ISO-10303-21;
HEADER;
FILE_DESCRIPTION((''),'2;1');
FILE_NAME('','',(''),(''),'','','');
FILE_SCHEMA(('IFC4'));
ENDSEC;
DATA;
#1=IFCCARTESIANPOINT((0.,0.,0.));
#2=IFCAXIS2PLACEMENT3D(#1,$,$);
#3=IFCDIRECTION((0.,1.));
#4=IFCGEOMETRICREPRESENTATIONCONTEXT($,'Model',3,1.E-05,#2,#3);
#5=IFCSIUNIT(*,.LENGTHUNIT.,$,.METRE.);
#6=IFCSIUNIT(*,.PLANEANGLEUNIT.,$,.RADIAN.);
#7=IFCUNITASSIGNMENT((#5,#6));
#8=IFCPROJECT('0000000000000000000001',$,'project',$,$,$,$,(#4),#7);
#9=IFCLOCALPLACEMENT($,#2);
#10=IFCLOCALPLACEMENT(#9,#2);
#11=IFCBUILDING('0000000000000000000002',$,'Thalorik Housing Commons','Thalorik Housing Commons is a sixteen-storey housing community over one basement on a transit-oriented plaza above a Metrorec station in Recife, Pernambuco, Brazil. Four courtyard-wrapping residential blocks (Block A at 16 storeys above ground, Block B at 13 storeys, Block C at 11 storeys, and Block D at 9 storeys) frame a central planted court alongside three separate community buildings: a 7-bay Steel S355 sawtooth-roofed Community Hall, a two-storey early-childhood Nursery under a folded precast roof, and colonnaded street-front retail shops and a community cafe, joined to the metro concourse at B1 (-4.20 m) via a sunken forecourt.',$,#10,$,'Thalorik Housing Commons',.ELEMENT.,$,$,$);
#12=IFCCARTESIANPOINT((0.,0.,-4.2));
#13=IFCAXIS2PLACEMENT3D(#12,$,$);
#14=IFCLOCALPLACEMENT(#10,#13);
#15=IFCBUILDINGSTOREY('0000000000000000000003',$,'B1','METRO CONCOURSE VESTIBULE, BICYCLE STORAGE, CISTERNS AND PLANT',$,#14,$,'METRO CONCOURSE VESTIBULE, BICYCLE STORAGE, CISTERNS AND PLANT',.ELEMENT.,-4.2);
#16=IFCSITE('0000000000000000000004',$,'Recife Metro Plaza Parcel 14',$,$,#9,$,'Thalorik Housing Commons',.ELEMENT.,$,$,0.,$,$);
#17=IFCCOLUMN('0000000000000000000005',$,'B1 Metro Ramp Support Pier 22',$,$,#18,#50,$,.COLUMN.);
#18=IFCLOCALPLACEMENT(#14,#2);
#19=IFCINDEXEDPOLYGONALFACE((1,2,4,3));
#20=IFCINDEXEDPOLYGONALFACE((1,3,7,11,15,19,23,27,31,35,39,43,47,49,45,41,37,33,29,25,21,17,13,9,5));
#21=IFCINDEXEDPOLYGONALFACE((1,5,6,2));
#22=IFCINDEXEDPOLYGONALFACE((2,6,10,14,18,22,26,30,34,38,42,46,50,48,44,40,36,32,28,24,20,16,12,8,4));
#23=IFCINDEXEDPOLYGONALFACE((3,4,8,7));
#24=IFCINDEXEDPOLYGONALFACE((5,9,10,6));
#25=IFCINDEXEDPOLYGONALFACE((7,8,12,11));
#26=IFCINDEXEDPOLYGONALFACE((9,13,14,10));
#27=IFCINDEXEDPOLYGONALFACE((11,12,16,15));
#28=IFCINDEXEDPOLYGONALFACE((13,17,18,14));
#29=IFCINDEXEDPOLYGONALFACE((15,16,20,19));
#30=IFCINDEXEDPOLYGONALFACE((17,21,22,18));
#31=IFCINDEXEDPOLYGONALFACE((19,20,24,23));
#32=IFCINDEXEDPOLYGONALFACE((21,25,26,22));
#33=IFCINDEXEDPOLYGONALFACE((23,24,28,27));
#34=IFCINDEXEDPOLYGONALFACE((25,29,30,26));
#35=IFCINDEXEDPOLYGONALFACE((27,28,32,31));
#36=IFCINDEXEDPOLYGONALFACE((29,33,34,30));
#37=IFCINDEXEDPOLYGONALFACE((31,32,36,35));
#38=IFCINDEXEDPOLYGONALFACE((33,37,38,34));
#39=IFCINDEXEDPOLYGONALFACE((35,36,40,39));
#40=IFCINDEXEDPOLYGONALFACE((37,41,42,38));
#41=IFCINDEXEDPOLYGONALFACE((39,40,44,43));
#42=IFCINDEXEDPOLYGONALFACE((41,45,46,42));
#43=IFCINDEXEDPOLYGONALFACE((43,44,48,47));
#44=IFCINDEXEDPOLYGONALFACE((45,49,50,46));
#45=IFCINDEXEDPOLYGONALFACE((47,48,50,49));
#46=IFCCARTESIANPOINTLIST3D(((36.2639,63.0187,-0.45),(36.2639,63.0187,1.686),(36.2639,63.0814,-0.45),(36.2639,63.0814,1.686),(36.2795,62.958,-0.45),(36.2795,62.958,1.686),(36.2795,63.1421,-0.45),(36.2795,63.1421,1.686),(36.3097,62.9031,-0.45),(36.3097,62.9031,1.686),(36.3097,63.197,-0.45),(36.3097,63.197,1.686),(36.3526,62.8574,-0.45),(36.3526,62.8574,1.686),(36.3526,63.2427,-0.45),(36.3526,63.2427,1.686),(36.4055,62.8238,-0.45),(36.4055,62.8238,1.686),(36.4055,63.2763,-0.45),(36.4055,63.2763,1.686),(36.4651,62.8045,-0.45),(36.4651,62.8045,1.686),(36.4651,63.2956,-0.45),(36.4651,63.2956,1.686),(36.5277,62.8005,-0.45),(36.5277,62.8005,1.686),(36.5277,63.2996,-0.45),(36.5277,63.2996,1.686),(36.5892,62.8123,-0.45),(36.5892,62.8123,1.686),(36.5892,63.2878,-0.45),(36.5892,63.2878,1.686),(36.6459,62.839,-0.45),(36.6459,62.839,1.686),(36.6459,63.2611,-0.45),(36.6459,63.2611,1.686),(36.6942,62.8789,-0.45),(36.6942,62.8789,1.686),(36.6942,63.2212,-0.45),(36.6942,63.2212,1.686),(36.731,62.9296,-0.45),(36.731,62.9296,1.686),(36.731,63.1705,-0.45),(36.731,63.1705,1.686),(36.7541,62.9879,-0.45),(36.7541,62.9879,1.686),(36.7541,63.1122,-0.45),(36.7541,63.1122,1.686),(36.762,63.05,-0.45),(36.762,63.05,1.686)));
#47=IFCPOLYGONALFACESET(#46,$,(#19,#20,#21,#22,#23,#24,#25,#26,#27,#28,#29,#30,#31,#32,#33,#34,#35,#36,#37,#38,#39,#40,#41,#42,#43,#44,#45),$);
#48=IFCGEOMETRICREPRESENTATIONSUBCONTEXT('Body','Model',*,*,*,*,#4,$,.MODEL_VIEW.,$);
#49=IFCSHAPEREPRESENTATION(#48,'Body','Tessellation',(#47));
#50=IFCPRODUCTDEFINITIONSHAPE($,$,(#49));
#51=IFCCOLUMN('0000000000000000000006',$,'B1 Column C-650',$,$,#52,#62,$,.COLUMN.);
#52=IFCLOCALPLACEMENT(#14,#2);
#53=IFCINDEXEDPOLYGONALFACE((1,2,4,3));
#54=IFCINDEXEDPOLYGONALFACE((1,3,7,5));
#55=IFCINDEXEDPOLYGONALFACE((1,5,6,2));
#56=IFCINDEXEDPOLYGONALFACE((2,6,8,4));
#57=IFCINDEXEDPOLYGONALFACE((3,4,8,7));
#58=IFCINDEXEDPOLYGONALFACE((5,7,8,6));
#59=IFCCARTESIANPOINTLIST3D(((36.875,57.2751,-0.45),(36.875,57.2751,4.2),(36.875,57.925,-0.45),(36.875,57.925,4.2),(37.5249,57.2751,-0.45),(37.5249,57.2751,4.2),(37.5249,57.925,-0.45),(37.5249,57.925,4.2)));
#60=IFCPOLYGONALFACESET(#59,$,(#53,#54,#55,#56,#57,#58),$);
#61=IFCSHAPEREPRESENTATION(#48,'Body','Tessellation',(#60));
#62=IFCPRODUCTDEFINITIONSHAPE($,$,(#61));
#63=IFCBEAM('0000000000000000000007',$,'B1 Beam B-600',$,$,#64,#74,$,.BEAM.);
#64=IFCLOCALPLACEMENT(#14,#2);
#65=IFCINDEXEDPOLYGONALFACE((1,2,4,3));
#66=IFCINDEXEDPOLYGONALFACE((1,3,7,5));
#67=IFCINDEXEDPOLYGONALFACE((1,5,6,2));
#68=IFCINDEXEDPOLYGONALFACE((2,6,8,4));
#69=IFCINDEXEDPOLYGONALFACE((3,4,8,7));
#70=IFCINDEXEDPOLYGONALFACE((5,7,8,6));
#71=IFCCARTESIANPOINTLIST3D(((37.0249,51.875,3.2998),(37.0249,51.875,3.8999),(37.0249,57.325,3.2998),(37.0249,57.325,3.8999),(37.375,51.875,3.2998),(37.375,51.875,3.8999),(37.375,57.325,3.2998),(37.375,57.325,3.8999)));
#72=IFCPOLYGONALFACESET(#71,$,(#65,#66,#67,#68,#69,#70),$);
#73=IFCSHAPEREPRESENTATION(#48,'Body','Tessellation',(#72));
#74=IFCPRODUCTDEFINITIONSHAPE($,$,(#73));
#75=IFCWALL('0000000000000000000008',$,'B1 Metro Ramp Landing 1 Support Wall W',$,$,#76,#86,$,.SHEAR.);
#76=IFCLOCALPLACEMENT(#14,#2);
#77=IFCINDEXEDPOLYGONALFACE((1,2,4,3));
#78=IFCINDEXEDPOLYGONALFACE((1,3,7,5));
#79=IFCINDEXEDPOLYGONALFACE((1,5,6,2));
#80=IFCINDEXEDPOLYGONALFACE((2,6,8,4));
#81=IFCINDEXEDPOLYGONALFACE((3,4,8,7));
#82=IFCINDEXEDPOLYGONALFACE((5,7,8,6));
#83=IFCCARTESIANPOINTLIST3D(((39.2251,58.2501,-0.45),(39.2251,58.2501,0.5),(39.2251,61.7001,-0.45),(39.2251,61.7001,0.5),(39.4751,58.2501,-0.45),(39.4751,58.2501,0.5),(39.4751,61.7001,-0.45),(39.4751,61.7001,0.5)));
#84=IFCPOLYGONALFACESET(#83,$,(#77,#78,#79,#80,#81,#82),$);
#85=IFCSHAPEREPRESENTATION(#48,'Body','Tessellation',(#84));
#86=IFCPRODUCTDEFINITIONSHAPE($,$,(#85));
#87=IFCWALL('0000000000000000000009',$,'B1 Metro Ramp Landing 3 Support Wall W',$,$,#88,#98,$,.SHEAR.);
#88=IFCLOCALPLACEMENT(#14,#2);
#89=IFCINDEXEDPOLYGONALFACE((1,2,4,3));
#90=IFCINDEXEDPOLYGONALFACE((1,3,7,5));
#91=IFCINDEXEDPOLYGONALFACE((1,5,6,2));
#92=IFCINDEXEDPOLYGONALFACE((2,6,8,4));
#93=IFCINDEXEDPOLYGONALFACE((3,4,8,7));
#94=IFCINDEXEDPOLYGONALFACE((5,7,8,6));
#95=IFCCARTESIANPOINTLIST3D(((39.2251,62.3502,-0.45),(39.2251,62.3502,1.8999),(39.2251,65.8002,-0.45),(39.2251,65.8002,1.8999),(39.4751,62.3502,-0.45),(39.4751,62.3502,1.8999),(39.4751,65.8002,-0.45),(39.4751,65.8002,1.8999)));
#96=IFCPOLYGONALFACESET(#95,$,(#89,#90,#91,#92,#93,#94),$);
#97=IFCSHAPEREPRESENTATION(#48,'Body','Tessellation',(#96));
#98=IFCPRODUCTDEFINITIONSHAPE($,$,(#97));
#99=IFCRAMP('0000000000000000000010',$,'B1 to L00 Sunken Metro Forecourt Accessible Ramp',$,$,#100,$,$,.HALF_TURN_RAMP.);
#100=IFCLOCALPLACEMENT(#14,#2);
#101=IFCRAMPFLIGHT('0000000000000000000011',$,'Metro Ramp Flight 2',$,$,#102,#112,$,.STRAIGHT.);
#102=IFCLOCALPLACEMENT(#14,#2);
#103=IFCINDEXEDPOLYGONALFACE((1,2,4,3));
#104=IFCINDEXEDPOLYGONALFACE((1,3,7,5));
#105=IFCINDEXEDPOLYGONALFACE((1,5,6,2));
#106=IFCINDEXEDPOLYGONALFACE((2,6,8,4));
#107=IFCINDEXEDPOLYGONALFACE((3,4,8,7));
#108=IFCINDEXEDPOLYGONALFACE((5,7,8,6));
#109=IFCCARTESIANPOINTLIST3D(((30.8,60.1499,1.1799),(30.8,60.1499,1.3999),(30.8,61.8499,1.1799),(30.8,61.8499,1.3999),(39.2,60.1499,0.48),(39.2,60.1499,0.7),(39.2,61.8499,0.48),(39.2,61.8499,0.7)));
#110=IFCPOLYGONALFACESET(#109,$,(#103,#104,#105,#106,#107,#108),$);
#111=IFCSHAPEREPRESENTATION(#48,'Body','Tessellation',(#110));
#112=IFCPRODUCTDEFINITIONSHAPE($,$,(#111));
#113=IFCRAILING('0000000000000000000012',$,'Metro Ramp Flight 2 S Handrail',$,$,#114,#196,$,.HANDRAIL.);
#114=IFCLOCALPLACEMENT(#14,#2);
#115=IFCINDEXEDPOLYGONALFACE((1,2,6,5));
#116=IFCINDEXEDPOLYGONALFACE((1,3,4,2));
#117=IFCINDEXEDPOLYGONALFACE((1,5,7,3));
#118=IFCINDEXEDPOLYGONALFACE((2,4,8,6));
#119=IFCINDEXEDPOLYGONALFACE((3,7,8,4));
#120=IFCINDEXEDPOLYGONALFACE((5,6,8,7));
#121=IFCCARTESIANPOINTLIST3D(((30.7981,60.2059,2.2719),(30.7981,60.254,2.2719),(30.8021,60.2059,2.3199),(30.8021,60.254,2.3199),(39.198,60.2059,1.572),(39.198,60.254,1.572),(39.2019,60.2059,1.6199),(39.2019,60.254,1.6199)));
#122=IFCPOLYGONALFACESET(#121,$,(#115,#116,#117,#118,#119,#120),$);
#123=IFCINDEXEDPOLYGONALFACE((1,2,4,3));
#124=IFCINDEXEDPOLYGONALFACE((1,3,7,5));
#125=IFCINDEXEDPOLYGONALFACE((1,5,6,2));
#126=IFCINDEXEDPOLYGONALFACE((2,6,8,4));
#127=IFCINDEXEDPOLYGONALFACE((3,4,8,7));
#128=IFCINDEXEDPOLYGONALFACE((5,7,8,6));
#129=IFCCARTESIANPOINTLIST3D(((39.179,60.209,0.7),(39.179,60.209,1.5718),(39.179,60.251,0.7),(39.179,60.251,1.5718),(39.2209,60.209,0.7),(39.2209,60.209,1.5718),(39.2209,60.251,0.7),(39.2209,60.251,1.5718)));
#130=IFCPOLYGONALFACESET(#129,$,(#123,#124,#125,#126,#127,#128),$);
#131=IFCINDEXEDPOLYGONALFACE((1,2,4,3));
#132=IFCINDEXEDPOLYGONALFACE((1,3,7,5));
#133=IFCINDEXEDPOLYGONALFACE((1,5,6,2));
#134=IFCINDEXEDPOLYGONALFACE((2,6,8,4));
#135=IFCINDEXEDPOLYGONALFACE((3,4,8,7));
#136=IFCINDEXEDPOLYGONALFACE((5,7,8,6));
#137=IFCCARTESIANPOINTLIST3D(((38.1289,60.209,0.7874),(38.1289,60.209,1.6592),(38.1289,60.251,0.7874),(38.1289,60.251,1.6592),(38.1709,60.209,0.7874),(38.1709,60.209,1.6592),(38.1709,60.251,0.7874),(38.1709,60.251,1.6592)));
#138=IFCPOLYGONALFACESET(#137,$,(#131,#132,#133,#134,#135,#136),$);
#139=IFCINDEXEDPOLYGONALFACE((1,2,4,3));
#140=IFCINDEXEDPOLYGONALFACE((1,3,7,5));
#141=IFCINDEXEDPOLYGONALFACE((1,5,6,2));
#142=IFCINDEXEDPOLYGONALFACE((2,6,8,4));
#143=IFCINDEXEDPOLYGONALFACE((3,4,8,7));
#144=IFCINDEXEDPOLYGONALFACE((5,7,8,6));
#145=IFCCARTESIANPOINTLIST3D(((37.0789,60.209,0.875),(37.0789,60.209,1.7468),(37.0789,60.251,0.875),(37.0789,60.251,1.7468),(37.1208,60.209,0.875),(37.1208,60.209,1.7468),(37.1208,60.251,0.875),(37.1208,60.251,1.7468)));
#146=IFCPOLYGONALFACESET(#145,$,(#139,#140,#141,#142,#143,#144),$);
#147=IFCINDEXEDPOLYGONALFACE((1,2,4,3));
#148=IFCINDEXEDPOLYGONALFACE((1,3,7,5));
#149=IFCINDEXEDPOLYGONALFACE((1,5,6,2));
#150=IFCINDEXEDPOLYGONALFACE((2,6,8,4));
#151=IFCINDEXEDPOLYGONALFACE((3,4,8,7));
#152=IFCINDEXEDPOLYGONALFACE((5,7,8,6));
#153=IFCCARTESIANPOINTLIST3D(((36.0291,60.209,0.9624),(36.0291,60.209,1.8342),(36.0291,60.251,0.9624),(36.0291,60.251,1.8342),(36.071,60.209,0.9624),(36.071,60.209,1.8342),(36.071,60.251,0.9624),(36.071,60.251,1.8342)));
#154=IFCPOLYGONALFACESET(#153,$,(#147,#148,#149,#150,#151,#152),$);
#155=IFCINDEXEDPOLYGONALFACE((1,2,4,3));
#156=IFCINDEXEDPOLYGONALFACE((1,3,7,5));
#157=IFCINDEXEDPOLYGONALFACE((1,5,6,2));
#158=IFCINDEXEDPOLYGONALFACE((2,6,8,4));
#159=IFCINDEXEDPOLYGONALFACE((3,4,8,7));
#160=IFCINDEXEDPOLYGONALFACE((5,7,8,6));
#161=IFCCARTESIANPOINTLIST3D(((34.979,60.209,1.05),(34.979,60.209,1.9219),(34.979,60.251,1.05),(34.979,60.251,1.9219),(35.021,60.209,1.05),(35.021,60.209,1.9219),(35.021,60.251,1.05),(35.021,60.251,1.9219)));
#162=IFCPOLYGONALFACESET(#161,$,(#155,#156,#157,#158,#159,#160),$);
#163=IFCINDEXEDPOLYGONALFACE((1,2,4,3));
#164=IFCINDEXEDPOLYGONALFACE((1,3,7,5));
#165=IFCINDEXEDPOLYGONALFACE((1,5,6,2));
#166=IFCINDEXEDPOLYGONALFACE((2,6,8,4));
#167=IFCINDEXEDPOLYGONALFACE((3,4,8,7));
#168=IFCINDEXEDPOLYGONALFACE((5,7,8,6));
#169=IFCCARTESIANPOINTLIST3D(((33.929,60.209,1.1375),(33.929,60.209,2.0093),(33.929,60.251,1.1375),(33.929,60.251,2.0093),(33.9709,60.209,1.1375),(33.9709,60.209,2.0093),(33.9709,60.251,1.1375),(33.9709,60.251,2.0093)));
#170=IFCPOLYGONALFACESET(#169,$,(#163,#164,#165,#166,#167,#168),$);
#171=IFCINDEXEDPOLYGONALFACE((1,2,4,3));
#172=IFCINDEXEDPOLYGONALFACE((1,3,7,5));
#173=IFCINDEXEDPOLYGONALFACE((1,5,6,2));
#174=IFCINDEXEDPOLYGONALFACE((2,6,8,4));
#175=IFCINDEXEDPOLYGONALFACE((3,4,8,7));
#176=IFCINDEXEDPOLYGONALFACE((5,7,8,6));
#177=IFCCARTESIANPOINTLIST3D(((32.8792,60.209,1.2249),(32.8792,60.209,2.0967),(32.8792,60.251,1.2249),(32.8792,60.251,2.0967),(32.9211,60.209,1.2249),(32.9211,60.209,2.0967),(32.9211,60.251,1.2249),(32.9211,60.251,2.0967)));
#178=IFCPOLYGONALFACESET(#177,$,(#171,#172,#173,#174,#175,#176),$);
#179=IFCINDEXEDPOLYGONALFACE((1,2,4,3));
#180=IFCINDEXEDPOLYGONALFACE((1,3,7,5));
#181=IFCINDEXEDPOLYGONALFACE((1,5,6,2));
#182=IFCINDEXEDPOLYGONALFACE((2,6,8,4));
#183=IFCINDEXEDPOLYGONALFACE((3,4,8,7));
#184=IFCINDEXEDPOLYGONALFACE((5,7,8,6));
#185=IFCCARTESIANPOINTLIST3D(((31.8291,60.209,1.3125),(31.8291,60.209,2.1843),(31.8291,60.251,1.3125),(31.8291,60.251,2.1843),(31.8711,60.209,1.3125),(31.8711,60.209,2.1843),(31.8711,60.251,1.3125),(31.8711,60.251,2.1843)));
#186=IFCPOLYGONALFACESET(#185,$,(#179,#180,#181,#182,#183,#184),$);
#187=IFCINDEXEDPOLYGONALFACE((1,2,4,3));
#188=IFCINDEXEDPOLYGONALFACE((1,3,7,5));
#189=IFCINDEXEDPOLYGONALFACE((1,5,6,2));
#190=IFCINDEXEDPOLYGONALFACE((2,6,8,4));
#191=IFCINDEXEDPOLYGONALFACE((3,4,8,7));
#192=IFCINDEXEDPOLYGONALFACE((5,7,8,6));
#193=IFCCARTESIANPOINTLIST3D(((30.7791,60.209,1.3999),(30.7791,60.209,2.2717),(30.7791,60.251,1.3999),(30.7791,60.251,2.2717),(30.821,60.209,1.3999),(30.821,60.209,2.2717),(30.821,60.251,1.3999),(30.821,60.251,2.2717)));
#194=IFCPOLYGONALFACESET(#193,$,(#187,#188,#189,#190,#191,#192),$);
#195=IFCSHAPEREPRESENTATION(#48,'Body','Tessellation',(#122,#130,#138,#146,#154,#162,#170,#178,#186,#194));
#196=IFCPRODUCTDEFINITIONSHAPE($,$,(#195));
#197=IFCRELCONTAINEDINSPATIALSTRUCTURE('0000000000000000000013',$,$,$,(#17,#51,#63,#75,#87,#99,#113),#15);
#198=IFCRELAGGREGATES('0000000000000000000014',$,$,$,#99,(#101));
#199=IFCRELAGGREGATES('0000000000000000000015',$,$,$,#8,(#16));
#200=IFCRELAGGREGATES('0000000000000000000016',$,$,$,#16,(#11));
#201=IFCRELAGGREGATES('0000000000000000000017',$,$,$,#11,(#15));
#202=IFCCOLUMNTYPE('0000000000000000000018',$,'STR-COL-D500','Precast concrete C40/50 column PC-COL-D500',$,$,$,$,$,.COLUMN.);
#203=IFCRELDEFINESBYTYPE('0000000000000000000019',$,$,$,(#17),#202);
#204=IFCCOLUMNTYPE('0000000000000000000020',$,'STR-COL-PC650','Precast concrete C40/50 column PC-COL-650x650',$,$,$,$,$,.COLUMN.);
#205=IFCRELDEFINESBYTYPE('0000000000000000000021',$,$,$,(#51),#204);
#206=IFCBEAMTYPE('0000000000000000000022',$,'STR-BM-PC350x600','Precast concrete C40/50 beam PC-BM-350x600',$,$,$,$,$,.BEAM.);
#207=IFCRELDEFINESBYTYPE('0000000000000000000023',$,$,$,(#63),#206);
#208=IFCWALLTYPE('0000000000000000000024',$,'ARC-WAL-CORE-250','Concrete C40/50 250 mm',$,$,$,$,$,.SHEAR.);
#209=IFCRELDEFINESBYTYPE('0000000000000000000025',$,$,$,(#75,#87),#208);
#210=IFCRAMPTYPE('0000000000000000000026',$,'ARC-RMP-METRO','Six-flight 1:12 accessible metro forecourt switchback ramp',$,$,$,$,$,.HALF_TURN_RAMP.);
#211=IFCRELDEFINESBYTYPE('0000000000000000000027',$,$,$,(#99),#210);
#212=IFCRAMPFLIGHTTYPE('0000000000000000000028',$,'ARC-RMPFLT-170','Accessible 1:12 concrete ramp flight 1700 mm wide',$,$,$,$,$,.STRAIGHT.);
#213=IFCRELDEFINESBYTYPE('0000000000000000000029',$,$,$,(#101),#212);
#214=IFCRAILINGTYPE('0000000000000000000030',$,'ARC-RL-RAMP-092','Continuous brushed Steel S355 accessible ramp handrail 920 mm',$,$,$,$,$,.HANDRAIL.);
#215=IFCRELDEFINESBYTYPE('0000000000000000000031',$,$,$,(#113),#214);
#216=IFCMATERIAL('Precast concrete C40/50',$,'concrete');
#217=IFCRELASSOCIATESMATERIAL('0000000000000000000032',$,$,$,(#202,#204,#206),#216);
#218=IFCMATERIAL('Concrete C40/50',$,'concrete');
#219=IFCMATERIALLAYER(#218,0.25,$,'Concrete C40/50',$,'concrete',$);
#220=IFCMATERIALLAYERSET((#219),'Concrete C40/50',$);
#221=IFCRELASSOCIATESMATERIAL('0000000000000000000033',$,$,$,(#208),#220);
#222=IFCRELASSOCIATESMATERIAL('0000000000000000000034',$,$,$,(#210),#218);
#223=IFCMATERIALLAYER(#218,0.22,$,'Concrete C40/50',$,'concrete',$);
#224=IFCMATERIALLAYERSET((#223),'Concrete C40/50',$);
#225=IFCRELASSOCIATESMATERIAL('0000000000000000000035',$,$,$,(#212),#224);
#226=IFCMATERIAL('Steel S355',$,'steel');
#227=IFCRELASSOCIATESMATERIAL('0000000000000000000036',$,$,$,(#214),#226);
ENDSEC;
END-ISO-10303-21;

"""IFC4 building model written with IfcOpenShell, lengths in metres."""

from ifc_helpers import new_model, si_unit, direction, frame, frame_2d, origin, origin_2d, place, context, subcontext, project, spatial, polyline, rectangle, circle, outline, extrude, material, layer, layer_set, material_profile, profile_set, type_object, element, aggregate, save


model = new_model("IFC4")

# Units and contexts
model_context = context("Model", 3, precision=1e-05, world=origin(), true_north=direction((0.0, 1.0)))
body_context = subcontext(model_context, "Body", "Model", "MODEL_VIEW")
ifc_project = project(units=[si_unit("LENGTHUNIT", "METRE"), si_unit("PLANEANGLEUNIT", "RADIAN")], contexts=[model_context])

# Site, building, storey
site_placement = place(None, origin())
site = spatial("IfcSite", under=ifc_project, at=site_placement, Name="Recife Metro Plaza Parcel 14", LongName="Thalorik Housing Commons", CompositionType="ELEMENT", RefElevation=0.0)
building_placement = place(site_placement, origin())
building = spatial("IfcBuilding", under=site, at=building_placement, Name="Thalorik Housing Commons", Description="Thalorik Housing Commons is a sixteen-storey housing community over one basement on a transit-oriented plaza above a Metrorec station in Recife, Pernambuco, Brazil. Four courtyard-wrapping residential blocks (Block A at 16 storeys above ground, Block B at 13 storeys, Block C at 11 storeys, and Block D at 9 storeys) frame a central planted court alongside three separate community buildings: a 7-bay Steel S355 sawtooth-roofed Community Hall, a two-storey early-childhood Nursery under a folded precast roof, and colonnaded street-front retail shops and a community cafe, joined to the metro concourse at B1 (-4.20 m) via a sunken forecourt.", LongName="Thalorik Housing Commons", CompositionType="ELEMENT")
storey_placement = place(building_placement, frame((0.0, 0.0, -4.2)))
storey = spatial("IfcBuildingStorey", under=building, at=storey_placement, Name="B1", Description="METRO CONCOURSE VESTIBULE, BICYCLE STORAGE, CISTERNS AND PLANT", LongName="METRO CONCOURSE VESTIBULE, BICYCLE STORAGE, CISTERNS AND PLANT", CompositionType="ELEMENT", Elevation=-4.2)

# Shared definitions
ifc_material_1 = material(Name="Concrete C40/50", Category="concrete")

# Columns
ifc_material_2 = material(Name="Precast concrete C40/50", Category="concrete")
ifc_material_profile_1 = material_profile(ifc_material_2, circle(Radius=0.25, at=origin_2d()), Name="PC D500", Category="concrete")
ifc_profile_set_1 = profile_set([ifc_material_profile_1], Name="Precast concrete C40/50")
column_type_1 = type_object("IfcColumnType", Name="STR-COL-D500", Description="Precast concrete C40/50 column PC-COL-D500", PredefinedType="COLUMN", material=ifc_profile_set_1)
column_1_placement = place(storey_placement, frame((36.512, 63.05, -0.45), z_axis=(0.0, 0.0, 1.0), x_axis=(1.0, 0.0, 0.0)))
element("IfcColumn", 1, at=column_1_placement, inside=storey, type_object=column_type_1, Name="B1 Metro Ramp Support Pier 22", PredefinedType="COLUMN", context=body_context, shape_type="SweptSolid", body=[
    extrude(circle(Radius=0.25, at=origin_2d()), origin(), (0.0, 0.0, 1.0), 2.136),
])
ifc_material_profile_2 = material_profile(ifc_material_2, rectangle(XDim=0.6499, YDim=0.6499, at=origin_2d()), Name="PC 650x650", Category="concrete")
ifc_profile_set_2 = profile_set([ifc_material_profile_2], Name="Precast concrete C40/50")
column_type_2 = type_object("IfcColumnType", Name="STR-COL-PC650", Description="Precast concrete C40/50 column PC-COL-650x650", PredefinedType="COLUMN", material=ifc_profile_set_2)
column_2_placement = place(storey_placement, frame((37.2, 57.6001, -0.45), z_axis=(0.0, 0.0, 1.0), x_axis=(1.0, 0.0, 0.0)))
element("IfcColumn", 2, at=column_2_placement, inside=storey, type_object=column_type_2, Name="B1 Column C-650", PredefinedType="COLUMN", context=body_context, shape_type="SweptSolid", body=[
    extrude(rectangle(XDim=0.6499, YDim=0.6499, at=origin_2d()), origin(), (0.0, 0.0, 1.0), 4.6499),
])

# Beam
ifc_material_profile_3 = material_profile(ifc_material_2, rectangle(XDim=0.3501, YDim=0.6001, at=origin_2d()), Name="PC 350x600", Category="concrete")
ifc_profile_set_3 = profile_set([ifc_material_profile_3], Name="Precast concrete C40/50")
beam_type = type_object("IfcBeamType", Name="STR-BM-PC350x600", Description="Precast concrete C40/50 beam PC-BM-350x600", PredefinedType="BEAM", material=ifc_profile_set_3)
beam_placement = place(storey_placement, frame((37.2, 51.875, 3.5999), z_axis=(0.0, 1.0, 0.0), x_axis=(-1.0, 0.0, 0.0)))
element("IfcBeam", 3, at=beam_placement, inside=storey, type_object=beam_type, Name="B1 Beam B-600", PredefinedType="BEAM", context=body_context, shape_type="SweptSolid", body=[
    extrude(rectangle(XDim=0.3501, YDim=0.6001, at=origin_2d()), origin(), (0.0, 0.0, 1.0), 5.45),
])

# Walls
ifc_layer_1 = layer(ifc_material_1, 0.25, Name="Concrete C40/50", Category="concrete")
ifc_layer_set_1 = layer_set([ifc_layer_1], Name="Concrete C40/50")
wall_type = type_object("IfcWallType", Name="ARC-WAL-CORE-250", Description="Concrete C40/50 250 mm", PredefinedType="SHEAR", material=ifc_layer_set_1)
wall_1_placement = place(storey_placement, frame((39.3501, 58.25, -0.45), z_axis=(0.0, 0.0, 1.0), x_axis=(0.0, 1.0, 0.0)))
element("IfcWall", 4, at=wall_1_placement, inside=storey, type_object=wall_type, Name="B1 Metro Ramp Landing 1 Support Wall W", PredefinedType="SHEAR", context=body_context, shape_type="SweptSolid", body=[
    extrude(rectangle(XDim=3.45, YDim=0.25, at=frame_2d((1.7251, 0.0))), origin(), (0.0, 0.0, 1.0), 0.95),
])
wall_2_placement = place(storey_placement, frame((39.3501, 62.3501, -0.45), z_axis=(0.0, 0.0, 1.0), x_axis=(0.0, 1.0, 0.0)))
element("IfcWall", 5, at=wall_2_placement, inside=storey, type_object=wall_type, Name="B1 Metro Ramp Landing 3 Support Wall W", PredefinedType="SHEAR", context=body_context, shape_type="SweptSolid", body=[
    extrude(rectangle(XDim=3.45, YDim=0.25, at=frame_2d((1.7251, 0.0))), origin(), (0.0, 0.0, 1.0), 2.3499),
])

# Ramp, ramp flight
ramp_type = type_object("IfcRampType", Name="ARC-RMP-METRO", Description="Six-flight 1:12 accessible metro forecourt switchback ramp", PredefinedType="HALF_TURN_RAMP", material=ifc_material_1)
ramp_placement = place(storey_placement, origin())
ramp = element("IfcRamp", 6, at=ramp_placement, inside=storey, type_object=ramp_type, Name="B1 to L00 Sunken Metro Forecourt Accessible Ramp", PredefinedType="HALF_TURN_RAMP")
ifc_layer_2 = layer(ifc_material_1, 0.22, Name="Concrete C40/50", Category="concrete")
ifc_layer_set_2 = layer_set([ifc_layer_2], Name="Concrete C40/50")
ramp_flight_type = type_object("IfcRampFlightType", Name="ARC-RMPFLT-170", Description="Accessible 1:12 concrete ramp flight 1700 mm wide", PredefinedType="STRAIGHT", material=ifc_layer_set_2)
ramp_flight_placement = place(storey_placement, frame((39.2, 61.0, 0.7), z_axis=(0.0, 0.0, 1.0), x_axis=(-1.0, 0.0, 0.0)))
ramp_flight = element("IfcRampFlight", 7, at=ramp_flight_placement, type_object=ramp_flight_type, Name="Metro Ramp Flight 2", PredefinedType="STRAIGHT", context=body_context, shape_type="SweptSolid", body=[
    extrude(outline(polyline([(0.0, 0.0), (0.0, -0.22), (8.3999, 0.48), (8.3999, 0.7), (0.0, 0.0)])), frame((0.0, 0.8501, 0.0), z_axis=(0.0, -1.0, 0.0), x_axis=(1.0, 0.0, 0.0)), (0.0, 0.0, 1.0), 1.7),
])
aggregate(ramp, [ramp_flight])

# Railing
ifc_material_3 = material(Name="Steel S355", Category="steel")
railing_type_1 = type_object("IfcRailingType", Name="ARC-RL-RAMP-092", Description="Continuous brushed Steel S355 accessible ramp handrail 920 mm", PredefinedType="HANDRAIL", material=ifc_material_3)
for number, where, name in (
    (8, (39.2, 60.23, 0.7), "Metro Ramp Flight 2 S Handrail"),
):
    element("IfcRailing", number, at=place(storey_placement, frame(where)), inside=storey, type_object=railing_type_1, Name=name, PredefinedType="HANDRAIL", context=body_context, shape_type="SweptSolid", body=[
        extrude(rectangle(XDim=0.0481, YDim=0.0481, at=origin_2d()), frame((0.0, 0.0, 0.896), z_axis=(-0.996546, 0.0, 0.083041), x_axis=(0.0, -1.0, 0.0)), (0.0, 0.0, 1.0), 8.429),
        extrude(rectangle(XDim=0.042, YDim=0.042, at=origin_2d()), origin(), (0.0, 0.0, 1.0), 0.8718),
        extrude(rectangle(XDim=0.042, YDim=0.042, at=origin_2d()), frame((-1.05, 0.0, 0.0874)), (0.0, 0.0, 1.0), 0.8718),
        extrude(rectangle(XDim=0.042, YDim=0.042, at=origin_2d()), frame((-2.1001, 0.0, 0.175)), (0.0, 0.0, 1.0), 0.8718),
        extrude(rectangle(XDim=0.042, YDim=0.042, at=origin_2d()), frame((-3.1499, 0.0, 0.2625)), (0.0, 0.0, 1.0), 0.8718),
        extrude(rectangle(XDim=0.042, YDim=0.042, at=origin_2d()), frame((-4.2, 0.0, 0.3501)), (0.0, 0.0, 1.0), 0.8718),
        extrude(rectangle(XDim=0.042, YDim=0.042, at=origin_2d()), frame((-5.25, 0.0, 0.4375)), (0.0, 0.0, 1.0), 0.8718),
        extrude(rectangle(XDim=0.042, YDim=0.042, at=origin_2d()), frame((-6.2998, 0.0, 0.5249)), (0.0, 0.0, 1.0), 0.8718),
        extrude(rectangle(XDim=0.042, YDim=0.042, at=origin_2d()), frame((-7.3499, 0.0, 0.6125)), (0.0, 0.0, 1.0), 0.8718),
        extrude(rectangle(XDim=0.042, YDim=0.042, at=origin_2d()), frame((-8.3999, 0.0, 0.7)), (0.0, 0.0, 1.0), 0.8718),
    ])

save(model, "model.ifc")
